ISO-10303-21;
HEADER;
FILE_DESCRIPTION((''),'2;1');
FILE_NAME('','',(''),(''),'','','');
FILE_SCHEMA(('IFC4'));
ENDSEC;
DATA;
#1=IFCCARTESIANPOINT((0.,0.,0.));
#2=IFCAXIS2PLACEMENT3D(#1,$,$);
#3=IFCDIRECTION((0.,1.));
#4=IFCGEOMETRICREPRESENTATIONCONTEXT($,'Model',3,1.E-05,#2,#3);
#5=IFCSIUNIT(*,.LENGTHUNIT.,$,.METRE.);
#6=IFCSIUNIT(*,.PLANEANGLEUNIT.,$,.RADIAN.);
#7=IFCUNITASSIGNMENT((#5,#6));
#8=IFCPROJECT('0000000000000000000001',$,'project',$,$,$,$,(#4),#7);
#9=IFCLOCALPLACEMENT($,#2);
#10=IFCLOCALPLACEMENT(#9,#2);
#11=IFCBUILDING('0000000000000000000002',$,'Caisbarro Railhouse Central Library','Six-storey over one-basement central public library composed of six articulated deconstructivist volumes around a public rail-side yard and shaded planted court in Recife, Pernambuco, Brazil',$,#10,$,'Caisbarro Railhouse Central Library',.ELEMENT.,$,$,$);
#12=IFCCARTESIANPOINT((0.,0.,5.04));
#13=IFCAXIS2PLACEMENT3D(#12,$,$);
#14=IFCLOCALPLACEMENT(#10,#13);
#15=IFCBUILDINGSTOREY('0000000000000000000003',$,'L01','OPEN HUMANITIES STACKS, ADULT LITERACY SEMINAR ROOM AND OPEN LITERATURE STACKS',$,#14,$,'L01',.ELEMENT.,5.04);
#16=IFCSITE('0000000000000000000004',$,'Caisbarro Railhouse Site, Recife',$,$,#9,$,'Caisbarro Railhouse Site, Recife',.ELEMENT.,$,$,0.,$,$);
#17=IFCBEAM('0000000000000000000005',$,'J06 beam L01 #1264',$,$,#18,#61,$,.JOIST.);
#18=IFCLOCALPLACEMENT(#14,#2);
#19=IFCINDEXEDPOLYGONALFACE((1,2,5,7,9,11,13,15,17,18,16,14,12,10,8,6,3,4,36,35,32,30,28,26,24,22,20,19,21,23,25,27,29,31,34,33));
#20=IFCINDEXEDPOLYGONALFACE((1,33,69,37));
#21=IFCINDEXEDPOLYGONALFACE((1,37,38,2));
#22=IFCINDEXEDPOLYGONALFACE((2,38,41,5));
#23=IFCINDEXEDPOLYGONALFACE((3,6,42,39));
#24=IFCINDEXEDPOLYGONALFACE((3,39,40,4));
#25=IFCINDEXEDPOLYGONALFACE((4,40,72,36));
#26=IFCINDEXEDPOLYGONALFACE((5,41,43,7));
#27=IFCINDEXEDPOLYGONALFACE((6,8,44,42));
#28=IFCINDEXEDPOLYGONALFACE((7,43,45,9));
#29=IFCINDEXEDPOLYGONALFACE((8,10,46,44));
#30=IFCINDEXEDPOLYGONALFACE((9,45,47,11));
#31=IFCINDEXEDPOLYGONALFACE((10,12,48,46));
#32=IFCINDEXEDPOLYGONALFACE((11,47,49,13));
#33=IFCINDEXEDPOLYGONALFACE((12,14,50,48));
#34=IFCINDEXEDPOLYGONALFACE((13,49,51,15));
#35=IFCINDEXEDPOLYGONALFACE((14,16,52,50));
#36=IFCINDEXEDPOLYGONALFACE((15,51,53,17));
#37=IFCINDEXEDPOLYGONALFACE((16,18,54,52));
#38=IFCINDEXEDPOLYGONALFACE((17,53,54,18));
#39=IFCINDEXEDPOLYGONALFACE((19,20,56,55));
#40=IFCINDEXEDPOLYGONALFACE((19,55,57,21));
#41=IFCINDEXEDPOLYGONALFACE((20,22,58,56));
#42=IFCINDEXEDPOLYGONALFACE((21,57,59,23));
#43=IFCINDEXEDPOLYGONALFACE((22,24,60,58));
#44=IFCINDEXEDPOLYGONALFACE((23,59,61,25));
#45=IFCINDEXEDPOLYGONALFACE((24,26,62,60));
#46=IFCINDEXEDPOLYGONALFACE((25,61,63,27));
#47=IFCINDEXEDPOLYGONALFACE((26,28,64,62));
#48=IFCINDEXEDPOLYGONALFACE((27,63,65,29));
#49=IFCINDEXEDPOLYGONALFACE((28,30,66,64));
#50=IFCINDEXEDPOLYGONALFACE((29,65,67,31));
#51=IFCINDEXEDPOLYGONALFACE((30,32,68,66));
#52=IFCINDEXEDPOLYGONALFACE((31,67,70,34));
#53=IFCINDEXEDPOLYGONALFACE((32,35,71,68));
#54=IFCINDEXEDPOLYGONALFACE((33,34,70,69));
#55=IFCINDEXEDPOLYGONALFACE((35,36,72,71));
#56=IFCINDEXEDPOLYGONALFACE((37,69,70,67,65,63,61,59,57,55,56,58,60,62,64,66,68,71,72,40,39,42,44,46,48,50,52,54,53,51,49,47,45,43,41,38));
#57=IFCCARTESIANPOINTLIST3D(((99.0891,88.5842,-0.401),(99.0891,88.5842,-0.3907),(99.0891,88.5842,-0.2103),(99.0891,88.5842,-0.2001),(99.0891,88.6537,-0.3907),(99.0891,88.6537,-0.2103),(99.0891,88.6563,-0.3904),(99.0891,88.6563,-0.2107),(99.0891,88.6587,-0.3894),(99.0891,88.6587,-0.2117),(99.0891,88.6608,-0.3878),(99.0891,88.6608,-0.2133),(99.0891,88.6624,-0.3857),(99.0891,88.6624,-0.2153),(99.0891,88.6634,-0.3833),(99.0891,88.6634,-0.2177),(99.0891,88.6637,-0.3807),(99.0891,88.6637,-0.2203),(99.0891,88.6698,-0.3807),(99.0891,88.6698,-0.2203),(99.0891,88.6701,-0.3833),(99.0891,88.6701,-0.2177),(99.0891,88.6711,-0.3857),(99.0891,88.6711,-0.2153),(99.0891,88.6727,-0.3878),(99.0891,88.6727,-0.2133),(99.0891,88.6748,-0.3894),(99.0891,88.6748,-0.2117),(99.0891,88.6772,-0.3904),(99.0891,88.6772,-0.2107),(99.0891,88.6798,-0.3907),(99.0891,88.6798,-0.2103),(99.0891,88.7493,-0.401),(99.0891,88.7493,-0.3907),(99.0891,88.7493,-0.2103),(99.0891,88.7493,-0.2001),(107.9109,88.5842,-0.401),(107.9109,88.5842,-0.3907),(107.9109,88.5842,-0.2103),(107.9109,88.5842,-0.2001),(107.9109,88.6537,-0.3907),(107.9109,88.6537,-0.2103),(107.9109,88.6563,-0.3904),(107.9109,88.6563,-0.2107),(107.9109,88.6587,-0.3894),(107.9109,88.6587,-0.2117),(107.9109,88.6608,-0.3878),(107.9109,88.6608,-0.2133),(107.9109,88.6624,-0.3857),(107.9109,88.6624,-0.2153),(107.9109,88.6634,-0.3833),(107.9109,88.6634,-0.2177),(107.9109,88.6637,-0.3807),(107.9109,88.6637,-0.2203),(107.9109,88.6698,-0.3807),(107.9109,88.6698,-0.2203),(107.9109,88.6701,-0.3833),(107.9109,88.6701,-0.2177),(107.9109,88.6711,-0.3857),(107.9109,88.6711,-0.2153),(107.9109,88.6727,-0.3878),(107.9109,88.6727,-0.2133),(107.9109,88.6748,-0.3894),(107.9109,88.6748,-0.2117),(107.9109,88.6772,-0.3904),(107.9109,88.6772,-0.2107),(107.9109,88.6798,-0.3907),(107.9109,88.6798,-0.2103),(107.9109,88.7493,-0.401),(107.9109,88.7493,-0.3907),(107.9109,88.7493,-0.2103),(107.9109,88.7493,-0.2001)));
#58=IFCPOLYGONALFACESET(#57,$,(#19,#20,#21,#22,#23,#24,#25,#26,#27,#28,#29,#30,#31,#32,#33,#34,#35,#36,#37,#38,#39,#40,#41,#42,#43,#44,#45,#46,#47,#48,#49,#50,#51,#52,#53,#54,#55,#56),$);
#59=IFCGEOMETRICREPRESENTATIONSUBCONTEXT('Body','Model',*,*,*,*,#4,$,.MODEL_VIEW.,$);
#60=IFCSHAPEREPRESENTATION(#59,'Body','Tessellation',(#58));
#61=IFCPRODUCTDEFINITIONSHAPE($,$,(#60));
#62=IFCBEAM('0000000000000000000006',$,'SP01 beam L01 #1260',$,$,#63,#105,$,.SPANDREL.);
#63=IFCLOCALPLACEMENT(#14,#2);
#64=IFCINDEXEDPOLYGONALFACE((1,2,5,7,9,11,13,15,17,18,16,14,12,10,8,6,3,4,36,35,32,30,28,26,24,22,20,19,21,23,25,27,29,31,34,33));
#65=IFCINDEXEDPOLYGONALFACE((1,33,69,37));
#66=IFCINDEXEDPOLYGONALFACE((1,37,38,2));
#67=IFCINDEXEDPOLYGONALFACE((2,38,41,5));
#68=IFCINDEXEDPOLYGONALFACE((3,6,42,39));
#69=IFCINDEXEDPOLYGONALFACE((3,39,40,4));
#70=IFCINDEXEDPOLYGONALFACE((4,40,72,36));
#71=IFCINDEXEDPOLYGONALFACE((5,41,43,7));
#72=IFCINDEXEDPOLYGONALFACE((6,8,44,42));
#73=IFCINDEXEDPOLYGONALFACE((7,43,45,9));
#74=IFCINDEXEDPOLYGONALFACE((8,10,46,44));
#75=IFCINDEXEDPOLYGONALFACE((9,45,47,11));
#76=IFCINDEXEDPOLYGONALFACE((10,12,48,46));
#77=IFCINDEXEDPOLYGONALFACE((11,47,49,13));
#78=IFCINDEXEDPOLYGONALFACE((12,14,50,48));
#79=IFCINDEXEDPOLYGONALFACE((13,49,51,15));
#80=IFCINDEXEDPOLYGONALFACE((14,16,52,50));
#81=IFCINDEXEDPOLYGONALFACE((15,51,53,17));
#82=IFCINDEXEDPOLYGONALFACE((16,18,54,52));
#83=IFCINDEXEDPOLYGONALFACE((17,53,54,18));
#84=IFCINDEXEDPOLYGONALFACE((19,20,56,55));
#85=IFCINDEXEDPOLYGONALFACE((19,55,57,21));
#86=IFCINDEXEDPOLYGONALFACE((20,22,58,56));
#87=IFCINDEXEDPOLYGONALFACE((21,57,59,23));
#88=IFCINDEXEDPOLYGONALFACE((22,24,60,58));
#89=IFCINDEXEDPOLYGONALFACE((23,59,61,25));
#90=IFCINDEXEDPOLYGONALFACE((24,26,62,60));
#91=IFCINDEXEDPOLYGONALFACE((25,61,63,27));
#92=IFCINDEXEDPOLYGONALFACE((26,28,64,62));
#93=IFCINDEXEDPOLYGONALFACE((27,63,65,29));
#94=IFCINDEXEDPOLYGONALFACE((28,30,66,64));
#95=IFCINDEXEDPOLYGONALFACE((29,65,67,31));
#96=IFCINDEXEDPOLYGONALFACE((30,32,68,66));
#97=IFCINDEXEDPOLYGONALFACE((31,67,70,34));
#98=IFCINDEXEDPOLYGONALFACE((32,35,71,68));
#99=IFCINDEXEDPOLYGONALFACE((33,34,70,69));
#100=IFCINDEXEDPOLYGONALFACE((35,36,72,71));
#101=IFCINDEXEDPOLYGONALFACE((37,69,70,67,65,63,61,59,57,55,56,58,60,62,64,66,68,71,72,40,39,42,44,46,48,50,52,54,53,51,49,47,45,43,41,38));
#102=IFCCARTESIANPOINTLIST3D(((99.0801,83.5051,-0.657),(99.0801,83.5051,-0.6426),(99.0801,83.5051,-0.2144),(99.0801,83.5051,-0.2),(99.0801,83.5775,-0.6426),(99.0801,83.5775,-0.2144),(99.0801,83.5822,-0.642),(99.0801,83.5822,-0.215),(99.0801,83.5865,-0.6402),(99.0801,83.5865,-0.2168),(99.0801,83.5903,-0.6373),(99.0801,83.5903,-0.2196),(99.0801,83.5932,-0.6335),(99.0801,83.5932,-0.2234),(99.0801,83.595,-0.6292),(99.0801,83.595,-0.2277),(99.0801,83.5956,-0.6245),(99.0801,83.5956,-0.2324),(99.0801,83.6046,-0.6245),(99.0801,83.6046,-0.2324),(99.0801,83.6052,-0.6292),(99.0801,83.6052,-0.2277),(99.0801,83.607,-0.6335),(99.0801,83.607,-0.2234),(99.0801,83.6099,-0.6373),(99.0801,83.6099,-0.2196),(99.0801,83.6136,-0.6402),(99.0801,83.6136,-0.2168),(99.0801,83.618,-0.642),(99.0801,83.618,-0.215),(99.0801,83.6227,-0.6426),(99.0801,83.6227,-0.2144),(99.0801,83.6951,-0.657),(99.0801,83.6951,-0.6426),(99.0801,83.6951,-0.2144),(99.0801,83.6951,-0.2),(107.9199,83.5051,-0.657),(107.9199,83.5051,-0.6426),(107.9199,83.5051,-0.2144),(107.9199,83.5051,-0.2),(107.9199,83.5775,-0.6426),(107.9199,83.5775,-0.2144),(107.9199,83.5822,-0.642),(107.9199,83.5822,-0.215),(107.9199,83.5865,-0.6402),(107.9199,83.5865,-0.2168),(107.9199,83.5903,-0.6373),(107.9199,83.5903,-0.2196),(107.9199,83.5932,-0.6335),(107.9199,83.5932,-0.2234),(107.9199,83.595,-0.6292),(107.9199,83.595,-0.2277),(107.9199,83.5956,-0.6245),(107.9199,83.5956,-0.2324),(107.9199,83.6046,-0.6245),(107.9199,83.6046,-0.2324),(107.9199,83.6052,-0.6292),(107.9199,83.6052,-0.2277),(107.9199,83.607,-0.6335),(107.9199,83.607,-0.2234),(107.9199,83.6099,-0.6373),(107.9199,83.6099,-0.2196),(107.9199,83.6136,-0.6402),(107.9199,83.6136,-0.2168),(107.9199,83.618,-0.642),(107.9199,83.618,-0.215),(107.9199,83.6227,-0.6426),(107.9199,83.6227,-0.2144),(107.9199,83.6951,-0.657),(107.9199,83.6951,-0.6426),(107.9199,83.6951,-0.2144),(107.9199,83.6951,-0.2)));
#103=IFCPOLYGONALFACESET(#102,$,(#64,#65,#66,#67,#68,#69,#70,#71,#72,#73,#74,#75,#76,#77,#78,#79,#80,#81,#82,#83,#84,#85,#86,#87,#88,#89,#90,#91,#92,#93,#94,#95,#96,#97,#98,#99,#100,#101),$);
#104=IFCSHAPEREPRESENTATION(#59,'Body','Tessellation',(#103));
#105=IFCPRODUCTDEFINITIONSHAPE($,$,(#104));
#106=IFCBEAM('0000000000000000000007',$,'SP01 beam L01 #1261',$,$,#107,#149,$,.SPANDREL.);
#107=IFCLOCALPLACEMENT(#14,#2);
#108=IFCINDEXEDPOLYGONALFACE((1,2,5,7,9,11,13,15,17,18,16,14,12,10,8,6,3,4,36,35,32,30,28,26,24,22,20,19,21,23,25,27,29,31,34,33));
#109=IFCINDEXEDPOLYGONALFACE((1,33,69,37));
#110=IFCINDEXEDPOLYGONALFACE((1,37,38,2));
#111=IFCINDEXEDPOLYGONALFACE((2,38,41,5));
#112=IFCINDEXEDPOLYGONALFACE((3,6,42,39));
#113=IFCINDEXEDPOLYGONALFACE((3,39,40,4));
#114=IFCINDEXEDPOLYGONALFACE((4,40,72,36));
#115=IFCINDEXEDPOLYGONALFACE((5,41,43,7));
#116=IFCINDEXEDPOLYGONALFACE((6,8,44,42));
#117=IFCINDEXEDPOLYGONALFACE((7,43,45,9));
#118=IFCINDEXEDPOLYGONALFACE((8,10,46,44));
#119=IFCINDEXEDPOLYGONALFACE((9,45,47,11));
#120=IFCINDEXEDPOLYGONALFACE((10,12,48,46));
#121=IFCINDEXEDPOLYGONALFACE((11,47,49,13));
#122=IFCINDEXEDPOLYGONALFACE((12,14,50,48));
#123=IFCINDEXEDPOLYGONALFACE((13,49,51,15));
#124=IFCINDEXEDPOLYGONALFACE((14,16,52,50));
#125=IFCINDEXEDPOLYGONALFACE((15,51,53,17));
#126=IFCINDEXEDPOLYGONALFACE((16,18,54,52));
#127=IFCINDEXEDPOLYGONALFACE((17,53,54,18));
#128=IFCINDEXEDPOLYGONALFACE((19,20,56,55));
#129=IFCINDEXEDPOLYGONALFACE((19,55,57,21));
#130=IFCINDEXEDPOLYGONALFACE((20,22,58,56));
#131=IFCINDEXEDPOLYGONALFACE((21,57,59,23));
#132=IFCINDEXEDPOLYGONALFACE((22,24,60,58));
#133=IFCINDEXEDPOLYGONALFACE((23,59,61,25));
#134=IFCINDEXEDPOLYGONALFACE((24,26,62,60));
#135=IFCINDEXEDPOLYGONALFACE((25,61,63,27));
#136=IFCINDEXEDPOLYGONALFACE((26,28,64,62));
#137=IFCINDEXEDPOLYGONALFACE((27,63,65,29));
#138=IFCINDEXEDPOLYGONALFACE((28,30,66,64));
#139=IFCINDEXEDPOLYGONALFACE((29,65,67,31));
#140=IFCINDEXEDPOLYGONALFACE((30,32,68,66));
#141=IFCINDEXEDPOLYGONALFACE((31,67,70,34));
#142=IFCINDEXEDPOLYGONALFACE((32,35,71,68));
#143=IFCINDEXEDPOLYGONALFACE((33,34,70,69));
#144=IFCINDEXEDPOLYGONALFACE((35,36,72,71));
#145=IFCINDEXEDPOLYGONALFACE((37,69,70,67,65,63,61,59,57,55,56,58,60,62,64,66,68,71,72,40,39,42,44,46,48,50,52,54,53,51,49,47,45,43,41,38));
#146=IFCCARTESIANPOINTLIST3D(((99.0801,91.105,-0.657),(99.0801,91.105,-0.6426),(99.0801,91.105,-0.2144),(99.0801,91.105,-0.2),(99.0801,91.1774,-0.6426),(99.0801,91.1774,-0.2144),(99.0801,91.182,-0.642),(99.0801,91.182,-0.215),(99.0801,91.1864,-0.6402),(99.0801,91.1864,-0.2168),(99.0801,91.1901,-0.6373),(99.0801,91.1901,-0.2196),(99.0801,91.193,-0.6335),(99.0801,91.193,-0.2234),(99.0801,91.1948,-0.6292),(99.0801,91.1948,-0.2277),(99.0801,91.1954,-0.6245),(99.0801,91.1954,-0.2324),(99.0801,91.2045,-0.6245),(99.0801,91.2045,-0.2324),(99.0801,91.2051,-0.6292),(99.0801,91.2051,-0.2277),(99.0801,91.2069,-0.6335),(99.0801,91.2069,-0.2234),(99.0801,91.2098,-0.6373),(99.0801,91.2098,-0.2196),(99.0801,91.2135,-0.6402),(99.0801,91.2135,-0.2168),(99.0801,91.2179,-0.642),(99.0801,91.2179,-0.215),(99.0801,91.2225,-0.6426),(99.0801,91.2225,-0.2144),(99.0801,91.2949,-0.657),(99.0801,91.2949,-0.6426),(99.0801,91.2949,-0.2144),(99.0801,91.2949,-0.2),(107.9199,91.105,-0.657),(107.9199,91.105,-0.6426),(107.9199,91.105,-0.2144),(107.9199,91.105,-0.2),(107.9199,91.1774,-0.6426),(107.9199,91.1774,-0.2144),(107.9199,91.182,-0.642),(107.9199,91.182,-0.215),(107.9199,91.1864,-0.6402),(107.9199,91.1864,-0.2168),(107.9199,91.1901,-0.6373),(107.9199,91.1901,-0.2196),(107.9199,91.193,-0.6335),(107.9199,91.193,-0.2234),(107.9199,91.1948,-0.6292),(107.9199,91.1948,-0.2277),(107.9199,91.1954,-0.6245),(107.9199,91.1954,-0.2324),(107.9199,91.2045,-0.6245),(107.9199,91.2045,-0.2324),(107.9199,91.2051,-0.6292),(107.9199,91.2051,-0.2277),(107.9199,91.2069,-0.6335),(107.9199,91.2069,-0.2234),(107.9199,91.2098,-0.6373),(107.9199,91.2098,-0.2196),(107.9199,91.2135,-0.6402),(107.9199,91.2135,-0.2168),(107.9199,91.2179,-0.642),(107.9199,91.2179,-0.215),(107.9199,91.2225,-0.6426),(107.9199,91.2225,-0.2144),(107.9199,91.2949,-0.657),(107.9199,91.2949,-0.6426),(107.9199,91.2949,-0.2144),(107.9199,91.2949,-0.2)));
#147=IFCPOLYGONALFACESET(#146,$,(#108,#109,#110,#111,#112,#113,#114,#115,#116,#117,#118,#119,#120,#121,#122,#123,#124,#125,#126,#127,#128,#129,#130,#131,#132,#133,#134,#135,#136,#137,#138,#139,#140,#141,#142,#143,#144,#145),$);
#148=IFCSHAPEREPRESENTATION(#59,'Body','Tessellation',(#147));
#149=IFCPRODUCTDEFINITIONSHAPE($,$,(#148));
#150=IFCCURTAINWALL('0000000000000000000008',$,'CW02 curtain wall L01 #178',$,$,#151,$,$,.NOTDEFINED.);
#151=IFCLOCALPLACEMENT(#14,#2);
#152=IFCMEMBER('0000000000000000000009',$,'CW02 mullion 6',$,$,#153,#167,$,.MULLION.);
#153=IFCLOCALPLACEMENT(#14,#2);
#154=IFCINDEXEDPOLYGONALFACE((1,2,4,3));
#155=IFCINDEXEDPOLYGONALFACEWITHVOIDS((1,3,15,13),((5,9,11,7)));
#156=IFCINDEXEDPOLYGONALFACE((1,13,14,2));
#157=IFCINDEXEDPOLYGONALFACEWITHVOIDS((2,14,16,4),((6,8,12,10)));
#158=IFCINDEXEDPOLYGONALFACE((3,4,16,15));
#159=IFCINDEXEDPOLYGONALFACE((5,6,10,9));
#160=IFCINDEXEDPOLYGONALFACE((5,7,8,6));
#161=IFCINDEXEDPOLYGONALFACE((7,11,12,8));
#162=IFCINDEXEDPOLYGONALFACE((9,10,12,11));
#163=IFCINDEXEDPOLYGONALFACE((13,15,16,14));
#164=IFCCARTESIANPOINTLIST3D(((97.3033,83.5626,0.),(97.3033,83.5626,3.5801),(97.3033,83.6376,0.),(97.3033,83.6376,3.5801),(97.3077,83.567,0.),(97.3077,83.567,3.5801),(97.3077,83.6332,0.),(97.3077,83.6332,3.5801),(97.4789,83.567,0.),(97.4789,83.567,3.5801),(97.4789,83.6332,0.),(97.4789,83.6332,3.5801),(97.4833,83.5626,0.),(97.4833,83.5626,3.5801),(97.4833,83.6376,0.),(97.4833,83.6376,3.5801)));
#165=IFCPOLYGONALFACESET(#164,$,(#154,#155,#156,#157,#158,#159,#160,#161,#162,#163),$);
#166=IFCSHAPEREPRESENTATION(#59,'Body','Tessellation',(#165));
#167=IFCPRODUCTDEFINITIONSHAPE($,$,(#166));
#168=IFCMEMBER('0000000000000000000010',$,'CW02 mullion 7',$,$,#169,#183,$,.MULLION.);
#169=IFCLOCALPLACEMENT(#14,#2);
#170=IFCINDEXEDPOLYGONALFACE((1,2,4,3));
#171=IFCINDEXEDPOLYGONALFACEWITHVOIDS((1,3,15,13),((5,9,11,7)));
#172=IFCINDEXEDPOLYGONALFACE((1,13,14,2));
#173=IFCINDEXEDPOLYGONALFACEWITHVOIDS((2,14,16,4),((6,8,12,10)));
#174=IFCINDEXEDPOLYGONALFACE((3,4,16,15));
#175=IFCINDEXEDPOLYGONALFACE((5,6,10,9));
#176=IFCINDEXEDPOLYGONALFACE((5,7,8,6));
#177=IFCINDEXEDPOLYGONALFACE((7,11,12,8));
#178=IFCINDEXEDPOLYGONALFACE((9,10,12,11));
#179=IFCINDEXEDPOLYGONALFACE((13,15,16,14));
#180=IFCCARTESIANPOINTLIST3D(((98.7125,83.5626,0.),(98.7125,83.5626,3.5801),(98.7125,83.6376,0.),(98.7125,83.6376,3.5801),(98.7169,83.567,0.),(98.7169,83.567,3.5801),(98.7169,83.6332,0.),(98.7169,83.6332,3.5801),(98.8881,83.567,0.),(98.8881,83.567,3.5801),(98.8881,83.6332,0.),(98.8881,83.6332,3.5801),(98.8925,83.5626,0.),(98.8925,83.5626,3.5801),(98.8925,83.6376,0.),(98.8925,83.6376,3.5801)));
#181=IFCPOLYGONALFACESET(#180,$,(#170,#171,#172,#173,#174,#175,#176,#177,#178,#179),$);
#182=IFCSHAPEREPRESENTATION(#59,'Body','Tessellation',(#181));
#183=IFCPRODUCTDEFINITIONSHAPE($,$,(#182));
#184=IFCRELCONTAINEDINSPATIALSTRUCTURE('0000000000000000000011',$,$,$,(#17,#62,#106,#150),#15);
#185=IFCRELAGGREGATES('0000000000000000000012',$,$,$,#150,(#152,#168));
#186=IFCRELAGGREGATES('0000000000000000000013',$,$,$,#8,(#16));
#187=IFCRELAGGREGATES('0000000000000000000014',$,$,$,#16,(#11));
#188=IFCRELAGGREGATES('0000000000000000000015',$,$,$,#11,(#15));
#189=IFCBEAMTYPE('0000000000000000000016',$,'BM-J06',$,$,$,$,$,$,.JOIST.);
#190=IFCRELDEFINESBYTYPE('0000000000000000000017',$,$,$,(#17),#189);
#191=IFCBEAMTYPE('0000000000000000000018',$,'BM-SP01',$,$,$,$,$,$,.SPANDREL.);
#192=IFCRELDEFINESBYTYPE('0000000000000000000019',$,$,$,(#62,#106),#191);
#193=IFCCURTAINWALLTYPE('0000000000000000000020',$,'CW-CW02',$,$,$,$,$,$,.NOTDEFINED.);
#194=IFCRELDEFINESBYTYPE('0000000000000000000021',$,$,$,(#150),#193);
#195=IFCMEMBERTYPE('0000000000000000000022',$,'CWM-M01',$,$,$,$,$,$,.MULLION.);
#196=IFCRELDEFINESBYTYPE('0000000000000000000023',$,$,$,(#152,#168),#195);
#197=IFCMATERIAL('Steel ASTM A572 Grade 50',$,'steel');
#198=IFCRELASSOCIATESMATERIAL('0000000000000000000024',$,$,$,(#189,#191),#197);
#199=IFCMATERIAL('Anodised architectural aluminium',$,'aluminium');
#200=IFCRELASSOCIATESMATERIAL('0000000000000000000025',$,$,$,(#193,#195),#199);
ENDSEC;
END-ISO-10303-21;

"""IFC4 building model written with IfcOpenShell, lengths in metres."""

from ifc_helpers import new_model, si_unit, direction, frame, origin, origin_2d, place, context, subcontext, project, spatial, hollow_rectangle, i_section, extrude, material, material_profile, profile_set, type_object, element, aggregate, save


model = new_model("IFC4")

# Units and contexts
model_context = context("Model", 3, precision=1e-05, world=origin(), true_north=direction((0.0, 1.0)))
body_context = subcontext(model_context, "Body", "Model", "MODEL_VIEW")
ifc_project = project(units=[si_unit("LENGTHUNIT", "METRE"), si_unit("PLANEANGLEUNIT", "RADIAN")], contexts=[model_context])

# Site, building, storey
site_placement = place(None, origin())
site = spatial("IfcSite", under=ifc_project, at=site_placement, Name="Caisbarro Railhouse Site, Recife", LongName="Caisbarro Railhouse Site, Recife", CompositionType="ELEMENT", RefElevation=0.0)
building_placement = place(site_placement, origin())
building = spatial("IfcBuilding", under=site, at=building_placement, Name="Caisbarro Railhouse Central Library", Description="Six-storey over one-basement central public library composed of six articulated deconstructivist volumes around a public rail-side yard and shaded planted court in Recife, Pernambuco, Brazil", LongName="Caisbarro Railhouse Central Library", CompositionType="ELEMENT")
storey_placement = place(building_placement, frame((0.0, 0.0, 5.04)))
storey = spatial("IfcBuildingStorey", under=building, at=storey_placement, Name="L01", Description="OPEN HUMANITIES STACKS, ADULT LITERACY SEMINAR ROOM AND OPEN LITERATURE STACKS", LongName="L01", CompositionType="ELEMENT", Elevation=5.04)

# Shared definitions
ifc_material_1 = material(Name="Steel ASTM A572 Grade 50", Category="steel")

# Beams
ifc_material_profile_1 = material_profile(ifc_material_1, i_section(OverallWidth=0.165, OverallDepth=0.2009, WebThickness=0.0061, FlangeThickness=0.0103, FilletRadius=0.01, at=origin_2d()), Name="W200X35.9")
ifc_profile_set_1 = profile_set([ifc_material_profile_1], Name="Steel ASTM A572 Grade 50")
beam_type_1 = type_object("IfcBeamType", Name="BM-J06", PredefinedType="JOIST", material=ifc_profile_set_1)
for number, where, z_axis, x_axis, name in (
    (1, (99.0891, 88.6667, -0.3005), (1.0, 0.0, 0.0), (0.0, 1.0, 0.0), "J06 beam L01 #1264"),
):
    element("IfcBeam", number, at=place(storey_placement, frame(where, z_axis=z_axis, x_axis=x_axis)), inside=storey, type_object=beam_type_1, Name=name, PredefinedType="JOIST", context=body_context, shape_type="SweptSolid", body=[
        extrude(i_section(OverallWidth=0.165, OverallDepth=0.2009, WebThickness=0.0061, FlangeThickness=0.0103, FilletRadius=0.01, at=origin_2d()), origin(), (0.0, 0.0, 1.0), 8.8218),
    ])
ifc_material_profile_2 = material_profile(ifc_material_1, i_section(OverallWidth=0.1899, OverallDepth=0.457, WebThickness=0.009, FlangeThickness=0.0144, FilletRadius=0.0181, at=origin_2d()), Name="W460X74.0")
ifc_profile_set_2 = profile_set([ifc_material_profile_2], Name="Steel ASTM A572 Grade 50")
beam_type_2 = type_object("IfcBeamType", Name="BM-SP01", PredefinedType="SPANDREL", material=ifc_profile_set_2)
for number, where, z_axis, x_axis, name in (
    (2, (99.0801, 83.6001, -0.4285), (1.0, 0.0, 0.0), (0.0, 1.0, 0.0), "SP01 beam L01 #1260"),
    (3, (99.0801, 91.2, -0.4285), (1.0, 0.0, 0.0), (0.0, 1.0, 0.0), "SP01 beam L01 #1261"),
):
    element("IfcBeam", number, at=place(storey_placement, frame(where, z_axis=z_axis, x_axis=x_axis)), inside=storey, type_object=beam_type_2, Name=name, PredefinedType="SPANDREL", context=body_context, shape_type="SweptSolid", body=[
        extrude(i_section(OverallWidth=0.1899, OverallDepth=0.457, WebThickness=0.009, FlangeThickness=0.0144, FilletRadius=0.0181, at=origin_2d()), origin(), (0.0, 0.0, 1.0), 8.8398),
    ])

# Curtain wall, members
ifc_material_2 = material(Name="Anodised architectural aluminium", Category="aluminium")
curtain_wall_type_1 = type_object("IfcCurtainWallType", Name="CW-CW02", PredefinedType="NOTDEFINED", material=ifc_material_2)
curtain_wall_1_placement = place(storey_placement, origin())
curtain_wall_1 = element("IfcCurtainWall", 4, at=curtain_wall_1_placement, inside=storey, type_object=curtain_wall_type_1, Name="CW02 curtain wall L01 #178", PredefinedType="NOTDEFINED")
ifc_material_profile_3 = material_profile(ifc_material_2, hollow_rectangle(XDim=0.075, YDim=0.1799, WallThickness=0.0044, at=origin_2d()), Name="ALU-MUL-75X180")
ifc_profile_set_3 = profile_set([ifc_material_profile_3], Name="Anodised architectural aluminium")
member_type_1 = type_object("IfcMemberType", Name="CWM-M01", PredefinedType="MULLION", material=ifc_profile_set_3)
member_1_placement = place(storey_placement, frame((97.3933, 83.6001, 0.0), z_axis=(0.0, 0.0, 1.0), x_axis=(0.0, 1.0, 0.0)))
member_1 = element("IfcMember", 5, at=member_1_placement, type_object=member_type_1, Name="CW02 mullion 6", PredefinedType="MULLION", context=body_context, shape_type="SweptSolid", body=[
    extrude(hollow_rectangle(XDim=0.075, YDim=0.1799, WallThickness=0.0044, at=origin_2d()), origin(), (0.0, 0.0, 1.0), 3.5801),
])
member_2_placement = place(storey_placement, frame((98.8025, 83.6001, 0.0), z_axis=(0.0, 0.0, 1.0), x_axis=(0.0, 1.0, 0.0)))
member_2 = element("IfcMember", 6, at=member_2_placement, type_object=member_type_1, Name="CW02 mullion 7", PredefinedType="MULLION", context=body_context, shape_type="SweptSolid", body=[
    extrude(hollow_rectangle(XDim=0.075, YDim=0.1799, WallThickness=0.0044, at=origin_2d()), origin(), (0.0, 0.0, 1.0), 3.5801),
])

aggregate(curtain_wall_1, [member_1, member_2])

save(model, "model.ifc")
